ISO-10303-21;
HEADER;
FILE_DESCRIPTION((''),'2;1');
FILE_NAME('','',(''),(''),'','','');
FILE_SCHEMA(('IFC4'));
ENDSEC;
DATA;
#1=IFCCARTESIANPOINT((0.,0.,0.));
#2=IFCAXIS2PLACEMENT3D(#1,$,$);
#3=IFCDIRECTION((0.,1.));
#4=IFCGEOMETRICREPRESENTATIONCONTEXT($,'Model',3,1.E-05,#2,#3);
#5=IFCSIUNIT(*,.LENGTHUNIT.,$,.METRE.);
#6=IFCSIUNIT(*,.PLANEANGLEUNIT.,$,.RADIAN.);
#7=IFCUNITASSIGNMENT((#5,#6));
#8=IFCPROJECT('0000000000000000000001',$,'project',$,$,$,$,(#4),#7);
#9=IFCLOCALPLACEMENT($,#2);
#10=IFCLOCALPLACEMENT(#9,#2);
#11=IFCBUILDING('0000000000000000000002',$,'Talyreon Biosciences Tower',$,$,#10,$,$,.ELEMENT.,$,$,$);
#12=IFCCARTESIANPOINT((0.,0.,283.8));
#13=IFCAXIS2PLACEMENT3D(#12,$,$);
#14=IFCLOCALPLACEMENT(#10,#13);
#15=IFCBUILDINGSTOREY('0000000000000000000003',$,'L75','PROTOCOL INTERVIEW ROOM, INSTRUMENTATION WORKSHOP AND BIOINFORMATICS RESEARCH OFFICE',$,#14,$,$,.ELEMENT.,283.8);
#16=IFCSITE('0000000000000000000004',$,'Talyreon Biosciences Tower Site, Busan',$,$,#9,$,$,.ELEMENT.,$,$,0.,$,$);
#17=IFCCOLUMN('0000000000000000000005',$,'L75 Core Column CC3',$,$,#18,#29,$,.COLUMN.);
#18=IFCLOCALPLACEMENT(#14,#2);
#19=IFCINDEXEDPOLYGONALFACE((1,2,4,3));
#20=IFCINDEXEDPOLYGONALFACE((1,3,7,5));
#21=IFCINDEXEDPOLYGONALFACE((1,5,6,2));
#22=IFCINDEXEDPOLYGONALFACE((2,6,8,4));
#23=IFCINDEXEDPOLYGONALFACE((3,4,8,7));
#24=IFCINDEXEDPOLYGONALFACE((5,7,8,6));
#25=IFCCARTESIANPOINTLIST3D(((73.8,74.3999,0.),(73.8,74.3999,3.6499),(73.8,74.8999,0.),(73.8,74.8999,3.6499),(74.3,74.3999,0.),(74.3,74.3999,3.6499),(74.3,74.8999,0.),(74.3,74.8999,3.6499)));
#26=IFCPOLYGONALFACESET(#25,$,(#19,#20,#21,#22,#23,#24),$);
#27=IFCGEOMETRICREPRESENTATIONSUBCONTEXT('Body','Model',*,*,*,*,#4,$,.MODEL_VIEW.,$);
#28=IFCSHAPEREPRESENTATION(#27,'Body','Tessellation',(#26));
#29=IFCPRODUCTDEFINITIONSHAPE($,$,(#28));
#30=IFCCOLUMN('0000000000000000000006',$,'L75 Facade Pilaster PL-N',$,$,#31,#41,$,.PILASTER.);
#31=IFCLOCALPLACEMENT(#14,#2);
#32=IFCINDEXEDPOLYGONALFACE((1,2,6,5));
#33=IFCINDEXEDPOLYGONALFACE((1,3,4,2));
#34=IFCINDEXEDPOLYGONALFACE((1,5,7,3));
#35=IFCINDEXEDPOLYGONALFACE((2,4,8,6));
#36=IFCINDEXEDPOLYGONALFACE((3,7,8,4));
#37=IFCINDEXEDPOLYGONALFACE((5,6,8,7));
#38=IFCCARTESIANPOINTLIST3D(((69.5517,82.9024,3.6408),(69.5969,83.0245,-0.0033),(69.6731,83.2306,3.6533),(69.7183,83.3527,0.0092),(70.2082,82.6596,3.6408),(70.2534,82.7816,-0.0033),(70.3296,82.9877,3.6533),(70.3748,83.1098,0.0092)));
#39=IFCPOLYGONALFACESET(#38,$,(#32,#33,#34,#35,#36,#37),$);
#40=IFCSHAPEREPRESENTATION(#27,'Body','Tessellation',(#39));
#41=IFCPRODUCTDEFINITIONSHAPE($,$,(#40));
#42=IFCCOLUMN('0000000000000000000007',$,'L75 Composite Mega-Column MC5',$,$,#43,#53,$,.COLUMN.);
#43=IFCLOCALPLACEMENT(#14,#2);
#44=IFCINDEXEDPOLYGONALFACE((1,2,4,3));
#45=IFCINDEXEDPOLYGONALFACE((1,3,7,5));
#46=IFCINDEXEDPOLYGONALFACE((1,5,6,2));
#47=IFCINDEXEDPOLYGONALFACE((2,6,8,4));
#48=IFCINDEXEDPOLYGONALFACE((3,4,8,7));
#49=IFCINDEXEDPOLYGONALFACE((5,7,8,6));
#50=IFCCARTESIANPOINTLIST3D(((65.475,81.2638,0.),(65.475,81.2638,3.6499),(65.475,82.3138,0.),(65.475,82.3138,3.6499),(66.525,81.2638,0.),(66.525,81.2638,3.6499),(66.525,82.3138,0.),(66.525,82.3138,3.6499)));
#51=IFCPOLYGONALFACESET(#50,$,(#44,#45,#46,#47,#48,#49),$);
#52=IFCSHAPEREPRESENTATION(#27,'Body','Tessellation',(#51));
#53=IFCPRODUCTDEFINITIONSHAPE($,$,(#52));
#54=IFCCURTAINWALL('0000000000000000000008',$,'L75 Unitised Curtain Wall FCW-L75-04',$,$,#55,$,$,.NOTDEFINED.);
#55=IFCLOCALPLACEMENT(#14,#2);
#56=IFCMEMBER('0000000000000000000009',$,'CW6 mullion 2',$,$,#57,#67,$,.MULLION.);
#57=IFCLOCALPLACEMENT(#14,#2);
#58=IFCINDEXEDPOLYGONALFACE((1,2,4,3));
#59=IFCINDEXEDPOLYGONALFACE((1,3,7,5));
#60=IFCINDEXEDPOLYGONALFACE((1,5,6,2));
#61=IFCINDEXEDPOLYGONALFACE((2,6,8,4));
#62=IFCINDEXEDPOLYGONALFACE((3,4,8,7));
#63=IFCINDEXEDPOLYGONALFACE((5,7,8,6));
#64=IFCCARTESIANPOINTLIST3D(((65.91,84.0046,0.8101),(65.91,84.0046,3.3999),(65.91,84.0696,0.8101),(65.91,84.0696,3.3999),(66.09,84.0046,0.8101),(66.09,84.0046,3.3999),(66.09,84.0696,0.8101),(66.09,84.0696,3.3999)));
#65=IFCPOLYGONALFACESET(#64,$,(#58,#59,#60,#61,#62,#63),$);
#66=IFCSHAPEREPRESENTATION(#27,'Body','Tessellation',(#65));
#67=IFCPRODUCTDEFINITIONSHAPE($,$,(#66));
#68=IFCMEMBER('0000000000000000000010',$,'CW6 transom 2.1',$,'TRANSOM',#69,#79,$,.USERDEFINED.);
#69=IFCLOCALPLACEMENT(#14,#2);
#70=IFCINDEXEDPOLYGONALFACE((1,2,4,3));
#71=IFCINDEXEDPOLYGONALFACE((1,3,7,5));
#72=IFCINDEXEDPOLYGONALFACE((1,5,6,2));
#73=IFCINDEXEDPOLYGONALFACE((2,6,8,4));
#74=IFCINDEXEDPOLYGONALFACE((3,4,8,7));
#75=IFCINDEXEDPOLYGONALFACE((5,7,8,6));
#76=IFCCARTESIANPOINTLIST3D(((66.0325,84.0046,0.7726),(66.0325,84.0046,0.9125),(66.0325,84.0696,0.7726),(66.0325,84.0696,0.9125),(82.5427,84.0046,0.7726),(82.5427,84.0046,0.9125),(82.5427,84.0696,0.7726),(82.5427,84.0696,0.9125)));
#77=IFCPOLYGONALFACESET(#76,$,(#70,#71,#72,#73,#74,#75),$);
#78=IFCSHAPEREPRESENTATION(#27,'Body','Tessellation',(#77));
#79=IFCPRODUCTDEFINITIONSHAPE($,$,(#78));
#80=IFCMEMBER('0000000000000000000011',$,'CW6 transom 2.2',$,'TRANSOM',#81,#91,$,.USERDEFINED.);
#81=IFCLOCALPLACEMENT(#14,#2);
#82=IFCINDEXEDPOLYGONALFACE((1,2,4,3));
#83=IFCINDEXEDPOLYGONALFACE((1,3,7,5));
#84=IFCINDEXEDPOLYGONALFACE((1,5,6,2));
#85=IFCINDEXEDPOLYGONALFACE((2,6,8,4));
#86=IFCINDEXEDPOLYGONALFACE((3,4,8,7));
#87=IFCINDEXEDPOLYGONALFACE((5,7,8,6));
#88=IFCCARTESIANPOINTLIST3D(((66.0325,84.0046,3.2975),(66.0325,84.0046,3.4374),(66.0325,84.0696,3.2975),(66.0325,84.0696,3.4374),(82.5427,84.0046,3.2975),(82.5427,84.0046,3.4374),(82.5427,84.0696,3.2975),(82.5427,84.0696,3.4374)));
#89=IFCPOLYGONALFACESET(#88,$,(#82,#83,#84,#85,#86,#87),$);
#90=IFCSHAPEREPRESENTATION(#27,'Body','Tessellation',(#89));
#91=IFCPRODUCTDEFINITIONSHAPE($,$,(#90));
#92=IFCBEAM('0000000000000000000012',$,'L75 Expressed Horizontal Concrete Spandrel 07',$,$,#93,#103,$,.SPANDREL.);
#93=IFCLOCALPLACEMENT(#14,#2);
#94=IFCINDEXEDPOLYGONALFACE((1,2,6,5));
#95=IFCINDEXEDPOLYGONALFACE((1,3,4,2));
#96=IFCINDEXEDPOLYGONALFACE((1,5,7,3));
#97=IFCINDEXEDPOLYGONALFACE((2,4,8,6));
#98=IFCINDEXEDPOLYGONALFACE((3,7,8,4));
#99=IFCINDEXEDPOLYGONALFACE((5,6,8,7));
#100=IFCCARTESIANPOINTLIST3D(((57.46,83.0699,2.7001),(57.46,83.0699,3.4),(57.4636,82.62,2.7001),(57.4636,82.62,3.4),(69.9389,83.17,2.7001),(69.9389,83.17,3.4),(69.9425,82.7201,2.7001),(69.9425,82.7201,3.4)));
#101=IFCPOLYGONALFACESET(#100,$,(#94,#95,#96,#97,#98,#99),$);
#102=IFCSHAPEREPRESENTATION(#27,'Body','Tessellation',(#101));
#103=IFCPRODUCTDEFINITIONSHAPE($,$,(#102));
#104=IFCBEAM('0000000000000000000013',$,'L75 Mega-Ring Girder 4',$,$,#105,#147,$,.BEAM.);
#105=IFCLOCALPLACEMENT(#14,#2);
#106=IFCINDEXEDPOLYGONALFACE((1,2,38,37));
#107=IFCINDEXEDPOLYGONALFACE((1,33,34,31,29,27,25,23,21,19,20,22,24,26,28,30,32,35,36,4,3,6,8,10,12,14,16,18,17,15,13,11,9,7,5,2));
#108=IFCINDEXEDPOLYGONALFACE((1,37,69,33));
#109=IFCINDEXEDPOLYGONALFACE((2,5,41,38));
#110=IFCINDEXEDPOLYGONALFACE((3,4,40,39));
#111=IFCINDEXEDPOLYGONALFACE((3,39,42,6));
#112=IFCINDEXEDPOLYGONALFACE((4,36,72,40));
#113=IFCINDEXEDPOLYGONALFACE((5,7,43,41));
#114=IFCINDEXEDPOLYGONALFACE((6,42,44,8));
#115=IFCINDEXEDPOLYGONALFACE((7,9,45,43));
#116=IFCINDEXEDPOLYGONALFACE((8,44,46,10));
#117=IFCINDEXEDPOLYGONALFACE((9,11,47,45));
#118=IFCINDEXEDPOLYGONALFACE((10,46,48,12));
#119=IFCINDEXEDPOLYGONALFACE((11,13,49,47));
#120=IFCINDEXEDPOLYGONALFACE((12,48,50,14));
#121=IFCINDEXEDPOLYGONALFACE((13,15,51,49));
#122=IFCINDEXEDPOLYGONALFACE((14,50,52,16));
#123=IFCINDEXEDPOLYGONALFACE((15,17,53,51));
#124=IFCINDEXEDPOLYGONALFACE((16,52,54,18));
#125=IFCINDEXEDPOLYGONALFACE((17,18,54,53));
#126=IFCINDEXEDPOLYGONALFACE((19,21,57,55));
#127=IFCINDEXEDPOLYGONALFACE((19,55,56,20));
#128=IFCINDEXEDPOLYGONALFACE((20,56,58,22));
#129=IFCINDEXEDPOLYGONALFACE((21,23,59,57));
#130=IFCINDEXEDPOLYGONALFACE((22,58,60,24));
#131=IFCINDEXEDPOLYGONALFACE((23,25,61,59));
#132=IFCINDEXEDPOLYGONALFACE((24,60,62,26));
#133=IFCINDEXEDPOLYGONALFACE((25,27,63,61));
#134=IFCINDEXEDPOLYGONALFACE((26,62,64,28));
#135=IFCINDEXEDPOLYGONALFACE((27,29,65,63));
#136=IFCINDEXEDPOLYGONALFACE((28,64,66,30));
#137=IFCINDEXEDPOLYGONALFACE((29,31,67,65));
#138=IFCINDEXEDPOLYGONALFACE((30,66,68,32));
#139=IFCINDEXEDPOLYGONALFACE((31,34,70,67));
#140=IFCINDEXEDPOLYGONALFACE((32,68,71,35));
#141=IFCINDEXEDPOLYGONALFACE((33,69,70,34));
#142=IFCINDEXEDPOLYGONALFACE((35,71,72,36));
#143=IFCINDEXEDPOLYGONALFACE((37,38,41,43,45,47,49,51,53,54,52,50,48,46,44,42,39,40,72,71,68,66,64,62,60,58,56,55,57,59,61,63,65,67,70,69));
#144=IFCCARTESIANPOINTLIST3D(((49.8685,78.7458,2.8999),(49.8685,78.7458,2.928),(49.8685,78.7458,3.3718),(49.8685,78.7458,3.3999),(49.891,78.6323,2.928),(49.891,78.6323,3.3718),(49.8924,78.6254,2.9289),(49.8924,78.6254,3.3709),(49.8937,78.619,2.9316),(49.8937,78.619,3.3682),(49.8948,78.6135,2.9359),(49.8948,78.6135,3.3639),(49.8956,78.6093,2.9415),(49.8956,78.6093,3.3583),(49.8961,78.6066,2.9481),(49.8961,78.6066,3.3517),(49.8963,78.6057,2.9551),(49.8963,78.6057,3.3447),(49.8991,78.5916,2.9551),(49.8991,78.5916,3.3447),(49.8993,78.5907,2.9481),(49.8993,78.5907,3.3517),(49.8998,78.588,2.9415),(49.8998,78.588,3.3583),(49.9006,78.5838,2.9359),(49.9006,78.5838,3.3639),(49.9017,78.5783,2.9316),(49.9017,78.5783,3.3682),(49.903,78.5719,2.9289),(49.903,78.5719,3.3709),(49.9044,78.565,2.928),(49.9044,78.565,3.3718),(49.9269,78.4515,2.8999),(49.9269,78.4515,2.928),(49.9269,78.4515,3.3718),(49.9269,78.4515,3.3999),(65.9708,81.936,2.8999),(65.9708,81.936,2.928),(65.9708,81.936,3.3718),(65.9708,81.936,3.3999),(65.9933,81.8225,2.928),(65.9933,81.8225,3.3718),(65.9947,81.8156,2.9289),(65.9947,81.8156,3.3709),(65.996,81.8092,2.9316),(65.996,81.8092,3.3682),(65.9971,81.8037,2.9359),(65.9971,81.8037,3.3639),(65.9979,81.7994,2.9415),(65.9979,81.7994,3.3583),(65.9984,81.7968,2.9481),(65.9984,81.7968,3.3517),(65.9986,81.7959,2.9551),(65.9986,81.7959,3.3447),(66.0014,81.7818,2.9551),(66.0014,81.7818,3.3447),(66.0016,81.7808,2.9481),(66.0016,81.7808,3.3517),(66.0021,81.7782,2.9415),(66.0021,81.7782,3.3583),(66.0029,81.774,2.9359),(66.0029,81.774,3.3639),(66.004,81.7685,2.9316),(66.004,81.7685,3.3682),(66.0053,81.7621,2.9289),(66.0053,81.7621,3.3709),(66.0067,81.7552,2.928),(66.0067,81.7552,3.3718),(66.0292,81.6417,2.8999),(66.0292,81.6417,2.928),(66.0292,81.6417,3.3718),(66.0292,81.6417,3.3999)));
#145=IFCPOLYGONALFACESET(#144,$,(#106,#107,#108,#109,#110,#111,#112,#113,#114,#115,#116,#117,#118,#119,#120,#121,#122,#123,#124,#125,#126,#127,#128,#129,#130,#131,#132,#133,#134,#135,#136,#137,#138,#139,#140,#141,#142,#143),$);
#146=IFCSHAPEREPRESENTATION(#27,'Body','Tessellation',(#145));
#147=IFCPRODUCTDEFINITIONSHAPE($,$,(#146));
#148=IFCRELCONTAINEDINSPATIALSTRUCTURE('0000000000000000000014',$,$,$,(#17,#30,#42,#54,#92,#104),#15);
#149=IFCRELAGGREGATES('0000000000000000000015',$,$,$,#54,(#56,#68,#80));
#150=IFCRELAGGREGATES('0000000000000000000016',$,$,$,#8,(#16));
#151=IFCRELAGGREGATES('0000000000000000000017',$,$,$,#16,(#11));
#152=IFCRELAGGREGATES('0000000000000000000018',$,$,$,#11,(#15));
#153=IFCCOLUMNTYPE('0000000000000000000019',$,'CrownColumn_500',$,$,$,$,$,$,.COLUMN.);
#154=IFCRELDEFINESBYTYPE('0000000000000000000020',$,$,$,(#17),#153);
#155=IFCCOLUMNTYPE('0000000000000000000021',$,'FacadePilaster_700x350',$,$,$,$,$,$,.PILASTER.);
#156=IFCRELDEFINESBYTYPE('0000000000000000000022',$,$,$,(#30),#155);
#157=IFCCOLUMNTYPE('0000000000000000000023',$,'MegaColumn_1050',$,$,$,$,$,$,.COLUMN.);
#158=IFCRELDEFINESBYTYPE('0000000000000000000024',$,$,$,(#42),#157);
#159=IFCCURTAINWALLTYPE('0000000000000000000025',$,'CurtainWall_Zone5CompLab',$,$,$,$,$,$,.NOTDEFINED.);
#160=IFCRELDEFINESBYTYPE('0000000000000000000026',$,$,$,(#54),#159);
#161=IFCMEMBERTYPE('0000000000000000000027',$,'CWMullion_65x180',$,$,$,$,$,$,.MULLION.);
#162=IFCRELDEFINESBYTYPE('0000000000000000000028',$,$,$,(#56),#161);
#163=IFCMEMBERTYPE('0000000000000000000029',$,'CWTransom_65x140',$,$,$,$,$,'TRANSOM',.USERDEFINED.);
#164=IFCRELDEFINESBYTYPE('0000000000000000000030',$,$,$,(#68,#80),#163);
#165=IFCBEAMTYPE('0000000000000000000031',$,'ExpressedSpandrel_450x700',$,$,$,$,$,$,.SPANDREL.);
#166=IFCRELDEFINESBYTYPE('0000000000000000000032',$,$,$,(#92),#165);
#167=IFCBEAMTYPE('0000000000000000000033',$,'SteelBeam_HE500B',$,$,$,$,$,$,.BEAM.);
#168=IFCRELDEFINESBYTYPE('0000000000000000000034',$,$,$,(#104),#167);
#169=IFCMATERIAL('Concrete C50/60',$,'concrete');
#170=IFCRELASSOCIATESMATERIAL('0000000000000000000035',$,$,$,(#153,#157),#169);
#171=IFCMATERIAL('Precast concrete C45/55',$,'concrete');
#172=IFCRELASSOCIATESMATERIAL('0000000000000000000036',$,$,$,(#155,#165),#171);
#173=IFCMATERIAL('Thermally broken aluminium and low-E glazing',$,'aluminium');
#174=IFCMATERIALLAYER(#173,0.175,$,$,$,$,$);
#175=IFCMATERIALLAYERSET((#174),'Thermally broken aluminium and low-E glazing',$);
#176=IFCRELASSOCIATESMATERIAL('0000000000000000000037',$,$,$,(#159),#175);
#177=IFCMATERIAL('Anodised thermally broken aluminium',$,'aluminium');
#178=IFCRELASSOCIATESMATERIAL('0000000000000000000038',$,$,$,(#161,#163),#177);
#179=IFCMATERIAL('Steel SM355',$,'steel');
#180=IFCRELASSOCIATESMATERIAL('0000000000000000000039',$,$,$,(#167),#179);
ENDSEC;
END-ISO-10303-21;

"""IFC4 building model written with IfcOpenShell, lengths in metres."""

from ifc_helpers import new_model, si_unit, direction, frame, origin, origin_2d, place, context, subcontext, project, spatial, rectangle, i_section, extrude, material, layer, layer_set, material_profile, profile_set, type_object, element, aggregate, save


model = new_model("IFC4")

# Units and contexts
model_context = context("Model", 3, precision=1e-05, world=origin(), true_north=direction((0.0, 1.0)))
body_context = subcontext(model_context, "Body", "Model", "MODEL_VIEW")
ifc_project = project(units=[si_unit("LENGTHUNIT", "METRE"), si_unit("PLANEANGLEUNIT", "RADIAN")], contexts=[model_context])

# Site, building, storey
site_placement = place(None, origin())
site = spatial("IfcSite", under=ifc_project, at=site_placement, Name="Talyreon Biosciences Tower Site, Busan", CompositionType="ELEMENT", RefElevation=0.0)
building_placement = place(site_placement, origin())
building = spatial("IfcBuilding", under=site, at=building_placement, Name="Talyreon Biosciences Tower", CompositionType="ELEMENT")
storey_placement = place(building_placement, frame((0.0, 0.0, 283.8)))
storey = spatial("IfcBuildingStorey", under=building, at=storey_placement, Name="L75", Description="PROTOCOL INTERVIEW ROOM, INSTRUMENTATION WORKSHOP AND BIOINFORMATICS RESEARCH OFFICE", CompositionType="ELEMENT", Elevation=283.8)

# Columns
ifc_material_1 = material(Name="Concrete C50/60", Category="concrete")
ifc_material_profile_1 = material_profile(ifc_material_1, rectangle(XDim=0.5, YDim=0.5, at=origin_2d()), Name="RC 500x500")
ifc_profile_set_1 = profile_set([ifc_material_profile_1], Name="Concrete C50/60")
column_type_1 = type_object("IfcColumnType", Name="CrownColumn_500", PredefinedType="COLUMN", material=ifc_profile_set_1)
column_1_placement = place(storey_placement, frame((74.05, 74.6499, 0.0), z_axis=(0.0, 0.0, 1.0), x_axis=(1.0, 0.0, 0.0)))
element("IfcColumn", 1, at=column_1_placement, inside=storey, type_object=column_type_1, Name="L75 Core Column CC3", PredefinedType="COLUMN", context=body_context, shape_type="SweptSolid", body=[
    extrude(rectangle(XDim=0.5, YDim=0.5, at=origin_2d()), origin(), (0.0, 0.0, 1.0), 3.6499),
])
ifc_material_2 = material(Name="Precast concrete C45/55", Category="concrete")
ifc_material_profile_2 = material_profile(ifc_material_2, rectangle(XDim=0.7, YDim=0.3501, at=origin_2d()), Name="RC 700x350")
ifc_profile_set_2 = profile_set([ifc_material_profile_2], Name="Precast concrete C45/55")
column_type_2 = type_object("IfcColumnType", Name="FacadePilaster_700x350", PredefinedType="PILASTER", material=ifc_profile_set_2)
column_2_placement = place(storey_placement, frame((69.9858, 83.0671, 0.0029), z_axis=(-0.012387, -0.033477, 0.999363), x_axis=(-0.937862, 0.347009, 0.0)))
element("IfcColumn", 2, at=column_2_placement, inside=storey, type_object=column_type_2, Name="L75 Facade Pilaster PL-N", PredefinedType="PILASTER", context=body_context, shape_type="SweptSolid", body=[
    extrude(rectangle(XDim=0.7, YDim=0.3501, at=origin_2d()), origin(), (0.0, 0.0, 1.0), 3.6465),
])
ifc_material_profile_3 = material_profile(ifc_material_1, rectangle(XDim=1.05, YDim=1.05, at=origin_2d()), Name="RC 1050x1050")
ifc_profile_set_3 = profile_set([ifc_material_profile_3], Name="Concrete C50/60")
column_type_3 = type_object("IfcColumnType", Name="MegaColumn_1050", PredefinedType="COLUMN", material=ifc_profile_set_3)
column_3_placement = place(storey_placement, frame((66.0, 81.7888, 0.0), z_axis=(0.0, 0.0, 1.0), x_axis=(1.0, 0.0, 0.0)))
element("IfcColumn", 3, at=column_3_placement, inside=storey, type_object=column_type_3, Name="L75 Composite Mega-Column MC5", PredefinedType="COLUMN", context=body_context, shape_type="SweptSolid", body=[
    extrude(rectangle(XDim=1.05, YDim=1.05, at=origin_2d()), origin(), (0.0, 0.0, 1.0), 3.6499),
])

# Curtain wall, members
ifc_material_3 = material(Name="Thermally broken aluminium and low-E glazing", Category="aluminium")
ifc_layer_1 = layer(ifc_material_3, 0.175)
ifc_layer_set_1 = layer_set([ifc_layer_1], Name="Thermally broken aluminium and low-E glazing")
curtain_wall_type = type_object("IfcCurtainWallType", Name="CurtainWall_Zone5CompLab", PredefinedType="NOTDEFINED", material=ifc_layer_set_1)
curtain_wall_placement = place(storey_placement, origin())
curtain_wall = element("IfcCurtainWall", 4, at=curtain_wall_placement, inside=storey, type_object=curtain_wall_type, Name="L75 Unitised Curtain Wall FCW-L75-04", PredefinedType="NOTDEFINED")
ifc_material_4 = material(Name="Anodised thermally broken aluminium", Category="aluminium")
ifc_material_profile_4 = material_profile(ifc_material_4, rectangle(XDim=0.0649, YDim=0.1799, at=origin_2d()), Name="ALUM MULLION 65x180")
ifc_profile_set_4 = profile_set([ifc_material_profile_4], Name="Anodised thermally broken aluminium")
member_type_1 = type_object("IfcMemberType", Name="CWMullion_65x180", PredefinedType="MULLION", material=ifc_profile_set_4)
member_1_placement = place(storey_placement, frame((66.0, 84.0371, 0.8101), z_axis=(0.0, 0.0, 1.0), x_axis=(0.0, 1.0, 0.0)))
member_1 = element("IfcMember", 5, at=member_1_placement, type_object=member_type_1, Name="CW6 mullion 2", PredefinedType="MULLION", context=body_context, shape_type="SweptSolid", body=[
    extrude(rectangle(XDim=0.0649, YDim=0.1799, at=origin_2d()), origin(), (0.0, 0.0, 1.0), 2.5898),
])
ifc_material_profile_5 = material_profile(ifc_material_4, rectangle(XDim=0.0649, YDim=0.1399, at=origin_2d()), Name="ALUM TRANSOM 65x140")
ifc_profile_set_5 = profile_set([ifc_material_profile_5], Name="Anodised thermally broken aluminium")
member_type_2 = type_object("IfcMemberType", Name="CWTransom_65x140", ElementType="TRANSOM", PredefinedType="USERDEFINED", material=ifc_profile_set_5)
member_2_placement = place(storey_placement, frame((66.0325, 84.0371, 0.8425), z_axis=(1.0, 0.0, 0.0), x_axis=(0.0, 1.0, 0.0)))
member_2 = element("IfcMember", 6, at=member_2_placement, type_object=member_type_2, Name="CW6 transom 2.1", ObjectType="TRANSOM", PredefinedType="USERDEFINED", context=body_context, shape_type="SweptSolid", body=[
    extrude(rectangle(XDim=0.0649, YDim=0.1399, at=origin_2d()), origin(), (0.0, 0.0, 1.0), 16.5103),
])
member_3_placement = place(storey_placement, frame((66.0325, 84.0371, 3.3674), z_axis=(1.0, 0.0, 0.0), x_axis=(0.0, 1.0, 0.0)))
member_3 = element("IfcMember", 7, at=member_3_placement, type_object=member_type_2, Name="CW6 transom 2.2", ObjectType="TRANSOM", PredefinedType="USERDEFINED", context=body_context, shape_type="SweptSolid", body=[
    extrude(rectangle(XDim=0.0649, YDim=0.1399, at=origin_2d()), origin(), (0.0, 0.0, 1.0), 16.5103),
])
aggregate(curtain_wall, [member_1, member_2, member_3])

# Beams
ifc_material_profile_6 = material_profile(ifc_material_2, rectangle(XDim=0.45, YDim=0.7, at=origin_2d()), Name="RCB 450x700")
ifc_profile_set_6 = profile_set([ifc_material_profile_6], Name="Precast concrete C45/55")
beam_type_1 = type_object("IfcBeamType", Name="ExpressedSpandrel_450x700", PredefinedType="SPANDREL", material=ifc_profile_set_6)
beam_1_placement = place(storey_placement, frame((69.9407, 82.9451, 3.05), z_axis=(-0.999968, -0.008021, 0.0), x_axis=(0.008021, -0.999968, 0.0)))
element("IfcBeam", 8, at=beam_1_placement, inside=storey, type_object=beam_type_1, Name="L75 Expressed Horizontal Concrete Spandrel 07", PredefinedType="SPANDREL", context=body_context, shape_type="SweptSolid", body=[
    extrude(rectangle(XDim=0.45, YDim=0.7, at=origin_2d()), origin(), (0.0, 0.0, 1.0), 12.4792),
])
ifc_material_5 = material(Name="Steel SM355", Category="steel")
ifc_material_profile_7 = material_profile(ifc_material_5, i_section(OverallWidth=0.3, OverallDepth=0.5, WebThickness=0.0144, FlangeThickness=0.0281, FilletRadius=0.0271, at=origin_2d()), Name="HE500B")
ifc_profile_set_7 = profile_set([ifc_material_profile_7], Name="Steel SM355")
beam_type_2 = type_object("IfcBeamType", Name="SteelBeam_HE500B", PredefinedType="BEAM", material=ifc_profile_set_7)
beam_2_placement = place(storey_placement, frame((66.0, 81.7888, 3.1499), z_axis=(-0.980934, -0.194343, 0.0), x_axis=(0.194343, -0.980934, 0.0)))
element("IfcBeam", 9, at=beam_2_placement, inside=storey, type_object=beam_type_2, Name="L75 Mega-Ring Girder 4", PredefinedType="BEAM", context=body_context, shape_type="SweptSolid", body=[
    extrude(i_section(OverallWidth=0.3, OverallDepth=0.5, WebThickness=0.0144, FlangeThickness=0.0281, FilletRadius=0.0271, at=origin_2d()), origin(), (0.0, 0.0, 1.0), 16.4153),
])

save(model, "model.ifc")
